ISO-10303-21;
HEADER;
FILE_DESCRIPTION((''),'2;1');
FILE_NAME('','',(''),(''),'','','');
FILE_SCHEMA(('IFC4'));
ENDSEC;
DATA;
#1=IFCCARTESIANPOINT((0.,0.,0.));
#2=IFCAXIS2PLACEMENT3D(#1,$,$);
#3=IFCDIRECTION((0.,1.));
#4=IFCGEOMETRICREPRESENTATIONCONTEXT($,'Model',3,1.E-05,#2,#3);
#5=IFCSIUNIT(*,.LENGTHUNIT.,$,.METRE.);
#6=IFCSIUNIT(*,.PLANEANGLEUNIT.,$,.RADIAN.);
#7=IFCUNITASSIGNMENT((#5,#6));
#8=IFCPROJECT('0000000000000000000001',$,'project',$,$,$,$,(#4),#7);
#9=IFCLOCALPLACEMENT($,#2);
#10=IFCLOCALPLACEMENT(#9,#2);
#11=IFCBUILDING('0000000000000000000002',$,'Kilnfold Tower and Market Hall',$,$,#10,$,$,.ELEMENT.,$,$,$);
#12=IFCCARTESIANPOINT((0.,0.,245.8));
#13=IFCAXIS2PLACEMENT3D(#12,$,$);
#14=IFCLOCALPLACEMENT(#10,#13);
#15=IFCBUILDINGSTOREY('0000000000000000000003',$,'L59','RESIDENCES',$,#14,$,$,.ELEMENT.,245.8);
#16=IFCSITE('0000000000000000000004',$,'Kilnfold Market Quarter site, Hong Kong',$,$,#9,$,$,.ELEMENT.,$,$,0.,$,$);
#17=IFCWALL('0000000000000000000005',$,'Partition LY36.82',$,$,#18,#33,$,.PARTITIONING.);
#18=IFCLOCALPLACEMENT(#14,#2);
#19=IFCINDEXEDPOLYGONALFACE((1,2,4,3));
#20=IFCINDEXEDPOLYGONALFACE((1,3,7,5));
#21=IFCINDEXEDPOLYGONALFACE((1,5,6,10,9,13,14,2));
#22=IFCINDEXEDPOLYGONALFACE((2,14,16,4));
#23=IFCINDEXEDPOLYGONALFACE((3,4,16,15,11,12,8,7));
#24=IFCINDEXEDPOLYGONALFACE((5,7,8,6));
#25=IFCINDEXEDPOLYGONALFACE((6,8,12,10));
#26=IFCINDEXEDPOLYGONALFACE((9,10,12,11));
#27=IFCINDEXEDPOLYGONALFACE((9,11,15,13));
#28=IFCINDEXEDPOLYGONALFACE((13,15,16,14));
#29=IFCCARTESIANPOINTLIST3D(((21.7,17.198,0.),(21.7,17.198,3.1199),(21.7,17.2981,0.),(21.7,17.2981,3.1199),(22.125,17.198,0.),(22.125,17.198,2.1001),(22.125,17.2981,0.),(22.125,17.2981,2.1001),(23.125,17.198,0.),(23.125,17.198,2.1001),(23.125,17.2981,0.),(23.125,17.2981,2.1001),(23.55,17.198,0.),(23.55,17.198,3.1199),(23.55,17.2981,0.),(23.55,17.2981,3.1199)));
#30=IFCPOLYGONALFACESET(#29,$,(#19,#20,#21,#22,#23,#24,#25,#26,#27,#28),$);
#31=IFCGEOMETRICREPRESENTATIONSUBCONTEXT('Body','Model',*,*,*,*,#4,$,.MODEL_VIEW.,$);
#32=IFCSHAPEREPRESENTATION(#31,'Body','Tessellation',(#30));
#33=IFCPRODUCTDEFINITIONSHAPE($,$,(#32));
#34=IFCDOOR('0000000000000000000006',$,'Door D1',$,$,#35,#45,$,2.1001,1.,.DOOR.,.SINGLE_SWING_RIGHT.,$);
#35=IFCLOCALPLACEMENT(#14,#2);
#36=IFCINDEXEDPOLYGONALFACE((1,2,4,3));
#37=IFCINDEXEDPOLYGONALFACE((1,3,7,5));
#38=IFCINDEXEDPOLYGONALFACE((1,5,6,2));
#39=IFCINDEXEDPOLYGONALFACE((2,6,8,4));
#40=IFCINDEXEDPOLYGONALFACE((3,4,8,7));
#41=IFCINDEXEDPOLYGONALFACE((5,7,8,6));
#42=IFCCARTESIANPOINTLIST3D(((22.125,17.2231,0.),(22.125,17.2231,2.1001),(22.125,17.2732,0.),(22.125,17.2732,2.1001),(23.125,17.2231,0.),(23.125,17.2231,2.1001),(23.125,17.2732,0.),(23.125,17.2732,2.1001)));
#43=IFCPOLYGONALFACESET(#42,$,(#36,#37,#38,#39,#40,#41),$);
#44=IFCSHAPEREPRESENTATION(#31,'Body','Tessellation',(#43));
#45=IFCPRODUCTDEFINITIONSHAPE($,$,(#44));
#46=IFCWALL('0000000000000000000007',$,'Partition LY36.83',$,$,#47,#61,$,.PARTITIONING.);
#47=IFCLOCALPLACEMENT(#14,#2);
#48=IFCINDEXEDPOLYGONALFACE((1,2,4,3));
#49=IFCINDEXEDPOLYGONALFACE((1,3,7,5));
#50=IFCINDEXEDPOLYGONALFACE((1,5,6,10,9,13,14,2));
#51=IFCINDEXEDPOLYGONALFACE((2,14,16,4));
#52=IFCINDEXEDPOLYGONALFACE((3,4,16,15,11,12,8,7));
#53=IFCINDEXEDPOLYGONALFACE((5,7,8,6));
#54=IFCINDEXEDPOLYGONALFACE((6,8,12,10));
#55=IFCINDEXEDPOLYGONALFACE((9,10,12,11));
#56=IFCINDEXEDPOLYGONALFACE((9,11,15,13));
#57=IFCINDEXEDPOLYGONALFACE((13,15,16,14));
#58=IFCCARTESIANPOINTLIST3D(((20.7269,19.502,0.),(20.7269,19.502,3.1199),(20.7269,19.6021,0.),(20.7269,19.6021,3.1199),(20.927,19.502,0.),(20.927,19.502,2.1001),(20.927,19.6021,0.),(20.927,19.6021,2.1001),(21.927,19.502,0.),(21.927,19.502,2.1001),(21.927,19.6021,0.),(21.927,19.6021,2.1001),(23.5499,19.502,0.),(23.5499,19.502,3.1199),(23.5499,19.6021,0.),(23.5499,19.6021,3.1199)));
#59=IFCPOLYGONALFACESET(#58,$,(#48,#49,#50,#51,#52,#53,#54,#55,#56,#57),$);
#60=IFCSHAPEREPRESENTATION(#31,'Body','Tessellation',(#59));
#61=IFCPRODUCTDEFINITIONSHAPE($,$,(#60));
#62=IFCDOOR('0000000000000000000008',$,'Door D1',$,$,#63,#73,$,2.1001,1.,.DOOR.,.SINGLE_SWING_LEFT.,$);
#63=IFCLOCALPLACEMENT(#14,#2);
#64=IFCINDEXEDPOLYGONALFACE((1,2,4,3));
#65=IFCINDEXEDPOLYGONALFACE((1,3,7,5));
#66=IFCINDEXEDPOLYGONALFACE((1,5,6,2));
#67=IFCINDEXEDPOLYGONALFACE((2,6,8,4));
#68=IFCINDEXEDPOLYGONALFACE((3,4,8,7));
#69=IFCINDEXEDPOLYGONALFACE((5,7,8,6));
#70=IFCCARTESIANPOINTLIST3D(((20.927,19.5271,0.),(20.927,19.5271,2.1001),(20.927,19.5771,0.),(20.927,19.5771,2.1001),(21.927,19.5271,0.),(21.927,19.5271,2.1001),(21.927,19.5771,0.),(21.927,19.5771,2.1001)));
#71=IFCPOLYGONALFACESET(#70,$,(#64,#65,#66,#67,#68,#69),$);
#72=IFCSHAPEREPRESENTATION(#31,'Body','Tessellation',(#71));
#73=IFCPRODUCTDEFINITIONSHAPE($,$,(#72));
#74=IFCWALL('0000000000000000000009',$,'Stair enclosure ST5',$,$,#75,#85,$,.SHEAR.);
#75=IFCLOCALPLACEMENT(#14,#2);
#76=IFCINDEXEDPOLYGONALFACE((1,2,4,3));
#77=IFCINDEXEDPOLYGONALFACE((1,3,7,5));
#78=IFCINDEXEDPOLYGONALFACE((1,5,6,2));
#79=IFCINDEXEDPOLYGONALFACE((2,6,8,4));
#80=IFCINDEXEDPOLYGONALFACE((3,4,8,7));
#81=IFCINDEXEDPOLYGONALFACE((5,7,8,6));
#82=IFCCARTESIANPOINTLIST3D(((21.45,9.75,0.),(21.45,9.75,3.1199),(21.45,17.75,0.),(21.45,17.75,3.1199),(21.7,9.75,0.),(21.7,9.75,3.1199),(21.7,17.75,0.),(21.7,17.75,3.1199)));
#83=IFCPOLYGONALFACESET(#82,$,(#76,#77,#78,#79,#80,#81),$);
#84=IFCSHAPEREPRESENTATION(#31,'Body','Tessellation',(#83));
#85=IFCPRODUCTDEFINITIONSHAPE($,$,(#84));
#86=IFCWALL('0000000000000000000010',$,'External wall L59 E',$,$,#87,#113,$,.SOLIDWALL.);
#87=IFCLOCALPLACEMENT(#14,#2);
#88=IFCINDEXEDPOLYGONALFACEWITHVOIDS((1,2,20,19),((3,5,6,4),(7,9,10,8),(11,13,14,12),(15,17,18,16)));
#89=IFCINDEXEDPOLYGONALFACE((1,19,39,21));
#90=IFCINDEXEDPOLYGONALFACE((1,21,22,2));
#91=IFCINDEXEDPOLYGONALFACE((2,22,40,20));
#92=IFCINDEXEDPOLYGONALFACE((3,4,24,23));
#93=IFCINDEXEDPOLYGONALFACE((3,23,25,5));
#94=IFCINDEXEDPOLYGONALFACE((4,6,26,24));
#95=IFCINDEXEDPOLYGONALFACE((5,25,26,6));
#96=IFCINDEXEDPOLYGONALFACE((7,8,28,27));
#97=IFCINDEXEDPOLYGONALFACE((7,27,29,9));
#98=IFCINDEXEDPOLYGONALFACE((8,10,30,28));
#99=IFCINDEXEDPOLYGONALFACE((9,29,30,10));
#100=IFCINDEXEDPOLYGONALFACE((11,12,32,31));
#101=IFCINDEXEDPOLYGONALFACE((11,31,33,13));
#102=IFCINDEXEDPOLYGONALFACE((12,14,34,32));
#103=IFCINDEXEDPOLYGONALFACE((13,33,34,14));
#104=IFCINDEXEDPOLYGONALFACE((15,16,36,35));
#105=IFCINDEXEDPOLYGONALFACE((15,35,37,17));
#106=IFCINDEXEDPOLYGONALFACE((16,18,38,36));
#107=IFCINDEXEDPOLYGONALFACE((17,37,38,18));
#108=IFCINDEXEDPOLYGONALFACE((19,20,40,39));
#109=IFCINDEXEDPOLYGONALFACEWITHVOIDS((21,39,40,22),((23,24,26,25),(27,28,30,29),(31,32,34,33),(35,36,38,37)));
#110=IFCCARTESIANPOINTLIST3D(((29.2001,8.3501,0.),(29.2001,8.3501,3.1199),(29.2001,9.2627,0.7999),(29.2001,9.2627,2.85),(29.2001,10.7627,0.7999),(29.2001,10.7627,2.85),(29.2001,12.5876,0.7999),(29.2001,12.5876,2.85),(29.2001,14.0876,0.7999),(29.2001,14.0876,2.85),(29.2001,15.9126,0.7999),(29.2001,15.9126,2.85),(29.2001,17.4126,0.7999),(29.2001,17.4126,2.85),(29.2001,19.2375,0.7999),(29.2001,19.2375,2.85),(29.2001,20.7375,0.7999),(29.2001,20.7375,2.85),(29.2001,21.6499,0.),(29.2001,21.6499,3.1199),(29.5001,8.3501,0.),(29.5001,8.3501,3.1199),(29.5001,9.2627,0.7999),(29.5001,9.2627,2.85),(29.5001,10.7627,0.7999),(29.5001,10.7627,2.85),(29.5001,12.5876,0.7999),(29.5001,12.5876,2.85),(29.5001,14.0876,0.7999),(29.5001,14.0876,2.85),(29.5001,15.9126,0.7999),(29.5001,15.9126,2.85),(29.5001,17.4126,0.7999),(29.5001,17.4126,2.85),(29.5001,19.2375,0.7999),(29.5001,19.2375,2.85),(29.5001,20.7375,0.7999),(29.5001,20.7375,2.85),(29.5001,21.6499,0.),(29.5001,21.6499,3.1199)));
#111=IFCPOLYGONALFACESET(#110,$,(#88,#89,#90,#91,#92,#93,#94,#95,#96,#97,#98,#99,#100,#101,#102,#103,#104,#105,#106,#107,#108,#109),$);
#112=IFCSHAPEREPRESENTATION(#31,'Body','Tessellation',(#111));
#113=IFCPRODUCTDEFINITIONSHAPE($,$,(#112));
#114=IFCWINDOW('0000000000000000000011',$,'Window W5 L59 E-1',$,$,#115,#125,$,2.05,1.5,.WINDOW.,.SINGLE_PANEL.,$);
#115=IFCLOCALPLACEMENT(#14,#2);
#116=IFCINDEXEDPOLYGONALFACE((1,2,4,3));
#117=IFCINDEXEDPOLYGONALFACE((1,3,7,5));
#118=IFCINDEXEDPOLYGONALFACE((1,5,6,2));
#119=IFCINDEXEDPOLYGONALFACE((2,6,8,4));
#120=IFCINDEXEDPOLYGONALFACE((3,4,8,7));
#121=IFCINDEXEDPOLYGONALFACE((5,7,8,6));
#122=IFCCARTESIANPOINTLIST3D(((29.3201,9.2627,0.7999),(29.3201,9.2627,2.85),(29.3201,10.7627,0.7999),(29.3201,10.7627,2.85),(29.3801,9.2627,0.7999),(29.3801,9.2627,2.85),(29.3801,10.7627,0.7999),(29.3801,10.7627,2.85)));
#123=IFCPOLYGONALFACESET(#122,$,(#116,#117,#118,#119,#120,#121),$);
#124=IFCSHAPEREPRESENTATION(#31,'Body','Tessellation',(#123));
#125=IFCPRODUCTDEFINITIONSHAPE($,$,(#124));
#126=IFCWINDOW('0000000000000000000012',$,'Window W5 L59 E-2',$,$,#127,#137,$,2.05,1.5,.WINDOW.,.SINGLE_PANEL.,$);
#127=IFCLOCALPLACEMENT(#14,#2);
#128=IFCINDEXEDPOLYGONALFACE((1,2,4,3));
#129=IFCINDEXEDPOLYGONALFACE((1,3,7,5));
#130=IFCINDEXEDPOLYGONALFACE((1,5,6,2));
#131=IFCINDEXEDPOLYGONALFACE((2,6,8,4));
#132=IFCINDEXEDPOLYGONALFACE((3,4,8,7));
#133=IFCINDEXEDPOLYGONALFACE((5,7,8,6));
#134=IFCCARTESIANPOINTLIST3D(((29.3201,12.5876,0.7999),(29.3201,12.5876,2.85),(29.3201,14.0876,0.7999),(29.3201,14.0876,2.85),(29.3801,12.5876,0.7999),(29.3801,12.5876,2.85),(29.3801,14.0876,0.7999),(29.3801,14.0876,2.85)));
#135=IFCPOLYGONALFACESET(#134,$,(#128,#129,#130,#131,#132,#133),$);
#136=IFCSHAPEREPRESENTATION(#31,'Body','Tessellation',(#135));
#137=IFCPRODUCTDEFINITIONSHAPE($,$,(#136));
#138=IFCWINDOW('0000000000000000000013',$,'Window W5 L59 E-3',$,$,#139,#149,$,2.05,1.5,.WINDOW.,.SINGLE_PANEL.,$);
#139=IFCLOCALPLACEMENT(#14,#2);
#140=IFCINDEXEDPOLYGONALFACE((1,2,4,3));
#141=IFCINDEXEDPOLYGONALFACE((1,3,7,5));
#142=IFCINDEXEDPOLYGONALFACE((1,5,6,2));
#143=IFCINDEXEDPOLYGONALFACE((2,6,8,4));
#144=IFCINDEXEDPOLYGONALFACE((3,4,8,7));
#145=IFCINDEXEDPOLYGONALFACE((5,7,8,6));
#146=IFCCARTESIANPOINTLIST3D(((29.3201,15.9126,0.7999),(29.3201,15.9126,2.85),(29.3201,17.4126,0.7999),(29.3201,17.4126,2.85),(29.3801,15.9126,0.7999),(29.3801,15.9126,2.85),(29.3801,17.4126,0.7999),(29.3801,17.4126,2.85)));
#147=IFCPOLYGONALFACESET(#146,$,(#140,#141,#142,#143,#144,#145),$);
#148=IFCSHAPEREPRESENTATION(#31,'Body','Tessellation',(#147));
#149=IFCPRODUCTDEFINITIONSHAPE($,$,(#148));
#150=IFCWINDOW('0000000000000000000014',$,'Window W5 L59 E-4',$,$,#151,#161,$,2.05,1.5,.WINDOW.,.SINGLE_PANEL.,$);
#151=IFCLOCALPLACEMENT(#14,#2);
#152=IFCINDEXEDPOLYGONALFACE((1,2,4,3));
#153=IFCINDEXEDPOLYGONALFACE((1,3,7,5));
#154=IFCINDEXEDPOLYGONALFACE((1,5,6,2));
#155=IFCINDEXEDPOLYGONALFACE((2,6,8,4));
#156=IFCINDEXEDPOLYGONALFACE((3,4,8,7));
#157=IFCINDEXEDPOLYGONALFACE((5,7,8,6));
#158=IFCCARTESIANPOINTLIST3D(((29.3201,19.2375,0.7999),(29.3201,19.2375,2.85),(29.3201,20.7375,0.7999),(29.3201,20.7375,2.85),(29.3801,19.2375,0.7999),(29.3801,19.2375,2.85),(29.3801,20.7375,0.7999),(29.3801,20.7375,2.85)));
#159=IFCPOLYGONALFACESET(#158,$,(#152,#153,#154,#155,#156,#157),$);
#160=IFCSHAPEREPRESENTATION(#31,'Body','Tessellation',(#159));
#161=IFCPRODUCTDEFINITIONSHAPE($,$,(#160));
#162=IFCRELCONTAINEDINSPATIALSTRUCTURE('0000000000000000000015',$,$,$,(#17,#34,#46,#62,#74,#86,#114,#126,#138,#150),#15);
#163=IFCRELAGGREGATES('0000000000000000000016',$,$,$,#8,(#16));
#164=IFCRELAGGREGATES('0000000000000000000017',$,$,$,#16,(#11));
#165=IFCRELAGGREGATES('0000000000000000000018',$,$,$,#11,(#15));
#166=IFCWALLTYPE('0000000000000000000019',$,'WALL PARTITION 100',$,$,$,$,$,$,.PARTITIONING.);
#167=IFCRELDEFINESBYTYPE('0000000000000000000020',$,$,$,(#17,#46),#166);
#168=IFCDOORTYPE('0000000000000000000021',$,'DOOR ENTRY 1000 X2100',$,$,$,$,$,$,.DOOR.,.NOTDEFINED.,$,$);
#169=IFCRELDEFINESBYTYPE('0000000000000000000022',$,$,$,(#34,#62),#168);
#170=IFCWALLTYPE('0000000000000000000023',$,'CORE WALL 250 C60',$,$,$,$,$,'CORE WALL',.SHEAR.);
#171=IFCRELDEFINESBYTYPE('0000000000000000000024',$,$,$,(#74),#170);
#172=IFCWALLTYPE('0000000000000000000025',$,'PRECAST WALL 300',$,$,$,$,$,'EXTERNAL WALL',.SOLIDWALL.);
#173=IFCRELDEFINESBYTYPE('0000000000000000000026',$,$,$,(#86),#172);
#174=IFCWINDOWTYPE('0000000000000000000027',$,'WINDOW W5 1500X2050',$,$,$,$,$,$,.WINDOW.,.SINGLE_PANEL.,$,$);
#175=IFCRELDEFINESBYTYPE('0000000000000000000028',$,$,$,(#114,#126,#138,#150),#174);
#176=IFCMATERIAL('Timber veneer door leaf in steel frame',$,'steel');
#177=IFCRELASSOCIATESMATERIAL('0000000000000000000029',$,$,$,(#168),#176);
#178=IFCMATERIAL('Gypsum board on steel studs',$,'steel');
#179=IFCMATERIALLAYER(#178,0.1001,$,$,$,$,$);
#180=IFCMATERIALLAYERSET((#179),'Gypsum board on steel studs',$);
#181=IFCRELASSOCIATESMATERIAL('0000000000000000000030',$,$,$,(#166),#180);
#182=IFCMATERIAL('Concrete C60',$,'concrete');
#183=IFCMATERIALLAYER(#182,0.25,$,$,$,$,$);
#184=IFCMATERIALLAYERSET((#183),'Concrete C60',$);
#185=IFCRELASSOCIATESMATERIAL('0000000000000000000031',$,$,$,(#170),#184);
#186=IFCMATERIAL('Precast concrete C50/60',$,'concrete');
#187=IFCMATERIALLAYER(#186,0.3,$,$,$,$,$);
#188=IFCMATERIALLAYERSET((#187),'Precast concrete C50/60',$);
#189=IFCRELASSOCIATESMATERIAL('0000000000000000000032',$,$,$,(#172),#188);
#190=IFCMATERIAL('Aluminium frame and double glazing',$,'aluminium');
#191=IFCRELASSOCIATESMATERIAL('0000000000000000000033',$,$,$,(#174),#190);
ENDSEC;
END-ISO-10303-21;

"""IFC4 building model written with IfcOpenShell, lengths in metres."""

from ifc_helpers import new_model, si_unit, direction, frame, frame_2d, origin, place, context, subcontext, project, spatial, rectangle, extrude, source, transform, mapped, material, layer, layer_set, type_object, element, fill, save


model = new_model("IFC4")

# Units and contexts
model_context = context("Model", 3, precision=1e-05, world=origin(), true_north=direction((0.0, 1.0)))
body_context = subcontext(model_context, "Body", "Model", "MODEL_VIEW")
ifc_project = project(units=[si_unit("LENGTHUNIT", "METRE"), si_unit("PLANEANGLEUNIT", "RADIAN")], contexts=[model_context])

# Site, building, storey
site_placement = place(None, origin())
site = spatial("IfcSite", under=ifc_project, at=site_placement, Name="Kilnfold Market Quarter site, Hong Kong", CompositionType="ELEMENT", RefElevation=0.0)
building_placement = place(site_placement, origin())
building = spatial("IfcBuilding", under=site, at=building_placement, Name="Kilnfold Tower and Market Hall", CompositionType="ELEMENT")
storey_placement = place(building_placement, frame((0.0, 0.0, 245.8)))
storey = spatial("IfcBuildingStorey", under=building, at=storey_placement, Name="L59", Description="RESIDENCES", CompositionType="ELEMENT", Elevation=245.8)

# Shared definitions
ifc_material_1 = material(Name="Timber veneer door leaf in steel frame", Category="steel")
door_type_1 = type_object("IfcDoorType", Name="DOOR ENTRY 1000 X2100", OperationType="NOTDEFINED", PredefinedType="DOOR", material=ifc_material_1)

# Shared definitions
ifc_material_2 = material(Name="Gypsum board on steel studs", Category="steel")
ifc_layer_1 = layer(ifc_material_2, 0.1001)
ifc_layer_set_1 = layer_set([ifc_layer_1], Name="Gypsum board on steel studs")
wall_type_1 = type_object("IfcWallType", Name="WALL PARTITION 100", PredefinedType="PARTITIONING", material=ifc_layer_set_1)

# Walls, openings, doors
wall_1_placement = place(storey_placement, frame((23.55, 17.248, 0.0), z_axis=(0.0, 0.0, 1.0), x_axis=(-1.0, 0.0, 0.0)))
wall_1 = element("IfcWall", 1, at=wall_1_placement, inside=storey, type_object=wall_type_1, Name="Partition LY36.82", PredefinedType="PARTITIONING", context=body_context, shape_type="SweptSolid", body=[
    extrude(rectangle(XDim=1.8501, YDim=0.1001, at=frame_2d((0.925, 0.0))), origin(), (0.0, 0.0, 1.0), 3.1199),
])
opening_1_placement = place(wall_1_placement, frame((0.425, 0.0, 0.0)))
opening_1 = element("IfcOpeningElement", 2, at=opening_1_placement, cuts=wall_1, PredefinedType="OPENING", context=body_context, shape_type="SweptSolid", body=[
    extrude(rectangle(XDim=1.0, YDim=2.1001, at=frame_2d((0.5, 1.05))), frame((0.0, 0.0601, 0.0), z_axis=(0.0, -1.0, 0.0), x_axis=(1.0, 0.0, 0.0)), (0.0, 0.0, 1.0), 0.1201),
])
door_1_placement = place(opening_1_placement, origin())
door_1 = element("IfcDoor", 3, at=door_1_placement, inside=storey, type_object=door_type_1, Name="Door D1", OperationType="SINGLE_SWING_RIGHT", OverallHeight=2.1001, OverallWidth=1.0, PredefinedType="DOOR", context=body_context, shape_type="SweptSolid", body=[
    extrude(rectangle(XDim=1.0, YDim=2.1001, at=frame_2d((0.5, 1.05))), frame((0.0, 0.0249, 0.0), z_axis=(0.0, -1.0, 0.0), x_axis=(1.0, 0.0, 0.0)), (0.0, 0.0, 1.0), 0.05),
])
fill(opening_1, door_1)
wall_2_placement = place(storey_placement, frame((23.55, 19.552, 0.0), z_axis=(0.0, 0.0, 1.0), x_axis=(-1.0, 0.0, 0.0)))
wall_2 = element("IfcWall", 4, at=wall_2_placement, inside=storey, type_object=wall_type_1, Name="Partition LY36.83", PredefinedType="PARTITIONING", context=body_context, shape_type="SweptSolid", body=[
    extrude(rectangle(XDim=2.823, YDim=0.1001, at=frame_2d((1.4116, 0.0))), origin(), (0.0, 0.0, 1.0), 3.1199),
])
opening_2_placement = place(wall_2_placement, frame((1.623, 0.0, 0.0)))
opening_2 = element("IfcOpeningElement", 5, at=opening_2_placement, cuts=wall_2, PredefinedType="OPENING", context=body_context, shape_type="SweptSolid", body=[
    extrude(rectangle(XDim=1.0, YDim=2.1001, at=frame_2d((0.5, 1.05))), frame((0.0, 0.0601, 0.0), z_axis=(0.0, -1.0, 0.0), x_axis=(1.0, 0.0, 0.0)), (0.0, 0.0, 1.0), 0.1201),
])
door_2_placement = place(opening_2_placement, origin())
door_2 = element("IfcDoor", 6, at=door_2_placement, inside=storey, type_object=door_type_1, Name="Door D1", OperationType="SINGLE_SWING_LEFT", OverallHeight=2.1001, OverallWidth=1.0, PredefinedType="DOOR", context=body_context, shape_type="SweptSolid", body=[
    extrude(rectangle(XDim=1.0, YDim=2.1001, at=frame_2d((0.5, 1.05))), frame((0.0, 0.0249, 0.0), z_axis=(0.0, -1.0, 0.0), x_axis=(1.0, 0.0, 0.0)), (0.0, 0.0, 1.0), 0.05),
])
fill(opening_2, door_2)

# Wall
ifc_material_3 = material(Name="Concrete C60", Category="concrete")
ifc_layer_2 = layer(ifc_material_3, 0.25)
ifc_layer_set_2 = layer_set([ifc_layer_2], Name="Concrete C60")
wall_type_2 = type_object("IfcWallType", Name="CORE WALL 250 C60", ElementType="CORE WALL", PredefinedType="SHEAR", material=ifc_layer_set_2)
shared_shape_1 = source(origin(), body_context, "Body", "SweptSolid", [
    extrude(rectangle(XDim=8.0, YDim=0.25, at=frame_2d((4.0, 0.0))), origin(), (0.0, 0.0, 1.0), 3.1199),
])
wall_3_placement = place(storey_placement, frame((21.575, 9.75, 0.0), z_axis=(0.0, 0.0, 1.0), x_axis=(0.0, 1.0, 0.0)))
element("IfcWall", 7, at=wall_3_placement, inside=storey, type_object=wall_type_2, Name="Stair enclosure ST5", PredefinedType="SHEAR", context=body_context, shape_type="MappedRepresentation", body=[
    mapped(shared_shape_1, transform((0.0, 0.0, 0.0))),
])

# Wall, openings, windows
ifc_material_4 = material(Name="Precast concrete C50/60", Category="concrete")
ifc_layer_3 = layer(ifc_material_4, 0.3)
ifc_layer_set_3 = layer_set([ifc_layer_3], Name="Precast concrete C50/60")
wall_type_3 = type_object("IfcWallType", Name="PRECAST WALL 300", ElementType="EXTERNAL WALL", PredefinedType="SOLIDWALL", material=ifc_layer_set_3)
shared_shape_2 = source(origin(), body_context, "Body", "SweptSolid", [
    extrude(rectangle(XDim=13.2998, YDim=0.3, at=frame_2d((6.6499, 0.0))), origin(), (0.0, 0.0, 1.0), 3.1199),
])
wall_4_placement = place(storey_placement, frame((29.3501, 8.3501, 0.0), z_axis=(0.0, 0.0, 1.0), x_axis=(0.0, 1.0, 0.0)))
wall_4 = element("IfcWall", 8, at=wall_4_placement, inside=storey, type_object=wall_type_3, Name="External wall L59 E", PredefinedType="SOLIDWALL", context=body_context, shape_type="MappedRepresentation", body=[
    mapped(shared_shape_2, transform((0.0, 0.0, 0.0))),
])
opening_3_placement = place(wall_4_placement, frame((0.9126, 0.0, 0.8)))
opening_3 = element("IfcOpeningElement", 9, at=opening_3_placement, cuts=wall_4, PredefinedType="OPENING", context=body_context, shape_type="SweptSolid", body=[
    extrude(rectangle(XDim=1.5, YDim=2.05, at=frame_2d((0.75, 1.0249))), frame((0.0, 0.1602, 0.0), z_axis=(0.0, -1.0, 0.0), x_axis=(1.0, 0.0, 0.0)), (0.0, 0.0, 1.0), 0.3201),
])
opening_4_placement = place(wall_4_placement, frame((4.2375, 0.0, 0.8)))
opening_4 = element("IfcOpeningElement", 10, at=opening_4_placement, cuts=wall_4, PredefinedType="OPENING", context=body_context, shape_type="SweptSolid", body=[
    extrude(rectangle(XDim=1.5, YDim=2.05, at=frame_2d((0.75, 1.0249))), frame((0.0, 0.1602, 0.0), z_axis=(0.0, -1.0, 0.0), x_axis=(1.0, 0.0, 0.0)), (0.0, 0.0, 1.0), 0.3201),
])
opening_5_placement = place(wall_4_placement, frame((7.5625, 0.0, 0.8)))
opening_5 = element("IfcOpeningElement", 11, at=opening_5_placement, cuts=wall_4, PredefinedType="OPENING", context=body_context, shape_type="SweptSolid", body=[
    extrude(rectangle(XDim=1.5, YDim=2.05, at=frame_2d((0.75, 1.0249))), frame((0.0, 0.1602, 0.0), z_axis=(0.0, -1.0, 0.0), x_axis=(1.0, 0.0, 0.0)), (0.0, 0.0, 1.0), 0.3201),
])
opening_6_placement = place(wall_4_placement, frame((10.8875, 0.0, 0.8)))
opening_6 = element("IfcOpeningElement", 12, at=opening_6_placement, cuts=wall_4, PredefinedType="OPENING", context=body_context, shape_type="SweptSolid", body=[
    extrude(rectangle(XDim=1.5, YDim=2.05, at=frame_2d((0.75, 1.0249))), frame((0.0, 0.1602, 0.0), z_axis=(0.0, -1.0, 0.0), x_axis=(1.0, 0.0, 0.0)), (0.0, 0.0, 1.0), 0.3201),
])
ifc_material_5 = material(Name="Aluminium frame and double glazing", Category="aluminium")
window_type = type_object("IfcWindowType", Name="WINDOW W5 1500X2050", PartitioningType="SINGLE_PANEL", PredefinedType="WINDOW", material=ifc_material_5)
window_1_placement = place(opening_3_placement, origin())
window_1 = element("IfcWindow", 13, at=window_1_placement, inside=storey, type_object=window_type, Name="Window W5 L59 E-1", OverallHeight=2.05, OverallWidth=1.5, PartitioningType="SINGLE_PANEL", PredefinedType="WINDOW", context=body_context, shape_type="SweptSolid", body=[
    extrude(rectangle(XDim=1.5, YDim=2.05, at=frame_2d((0.75, 1.0249))), frame((0.0, 0.03, 0.0), z_axis=(0.0, -1.0, 0.0), x_axis=(1.0, 0.0, 0.0)), (0.0, 0.0, 1.0), 0.0601),
])
fill(opening_3, window_1)
window_2_placement = place(opening_4_placement, origin())
window_2 = element("IfcWindow", 14, at=window_2_placement, inside=storey, type_object=window_type, Name="Window W5 L59 E-2", OverallHeight=2.05, OverallWidth=1.5, PartitioningType="SINGLE_PANEL", PredefinedType="WINDOW", context=body_context, shape_type="SweptSolid", body=[
    extrude(rectangle(XDim=1.5, YDim=2.05, at=frame_2d((0.75, 1.0249))), frame((0.0, 0.03, 0.0), z_axis=(0.0, -1.0, 0.0), x_axis=(1.0, 0.0, 0.0)), (0.0, 0.0, 1.0), 0.0601),
])
fill(opening_4, window_2)
window_3_placement = place(opening_5_placement, origin())
window_3 = element("IfcWindow", 15, at=window_3_placement, inside=storey, type_object=window_type, Name="Window W5 L59 E-3", OverallHeight=2.05, OverallWidth=1.5, PartitioningType="SINGLE_PANEL", PredefinedType="WINDOW", context=body_context, shape_type="SweptSolid", body=[
    extrude(rectangle(XDim=1.5, YDim=2.05, at=frame_2d((0.75, 1.0249))), frame((0.0, 0.03, 0.0), z_axis=(0.0, -1.0, 0.0), x_axis=(1.0, 0.0, 0.0)), (0.0, 0.0, 1.0), 0.0601),
])
fill(opening_5, window_3)
window_4_placement = place(opening_6_placement, origin())
window_4 = element("IfcWindow", 16, at=window_4_placement, inside=storey, type_object=window_type, Name="Window W5 L59 E-4", OverallHeight=2.05, OverallWidth=1.5, PartitioningType="SINGLE_PANEL", PredefinedType="WINDOW", context=body_context, shape_type="SweptSolid", body=[
    extrude(rectangle(XDim=1.5, YDim=2.05, at=frame_2d((0.75, 1.0249))), frame((0.0, 0.03, 0.0), z_axis=(0.0, -1.0, 0.0), x_axis=(1.0, 0.0, 0.0)), (0.0, 0.0, 1.0), 0.0601),
])
fill(opening_6, window_4)

save(model, "model.ifc")
